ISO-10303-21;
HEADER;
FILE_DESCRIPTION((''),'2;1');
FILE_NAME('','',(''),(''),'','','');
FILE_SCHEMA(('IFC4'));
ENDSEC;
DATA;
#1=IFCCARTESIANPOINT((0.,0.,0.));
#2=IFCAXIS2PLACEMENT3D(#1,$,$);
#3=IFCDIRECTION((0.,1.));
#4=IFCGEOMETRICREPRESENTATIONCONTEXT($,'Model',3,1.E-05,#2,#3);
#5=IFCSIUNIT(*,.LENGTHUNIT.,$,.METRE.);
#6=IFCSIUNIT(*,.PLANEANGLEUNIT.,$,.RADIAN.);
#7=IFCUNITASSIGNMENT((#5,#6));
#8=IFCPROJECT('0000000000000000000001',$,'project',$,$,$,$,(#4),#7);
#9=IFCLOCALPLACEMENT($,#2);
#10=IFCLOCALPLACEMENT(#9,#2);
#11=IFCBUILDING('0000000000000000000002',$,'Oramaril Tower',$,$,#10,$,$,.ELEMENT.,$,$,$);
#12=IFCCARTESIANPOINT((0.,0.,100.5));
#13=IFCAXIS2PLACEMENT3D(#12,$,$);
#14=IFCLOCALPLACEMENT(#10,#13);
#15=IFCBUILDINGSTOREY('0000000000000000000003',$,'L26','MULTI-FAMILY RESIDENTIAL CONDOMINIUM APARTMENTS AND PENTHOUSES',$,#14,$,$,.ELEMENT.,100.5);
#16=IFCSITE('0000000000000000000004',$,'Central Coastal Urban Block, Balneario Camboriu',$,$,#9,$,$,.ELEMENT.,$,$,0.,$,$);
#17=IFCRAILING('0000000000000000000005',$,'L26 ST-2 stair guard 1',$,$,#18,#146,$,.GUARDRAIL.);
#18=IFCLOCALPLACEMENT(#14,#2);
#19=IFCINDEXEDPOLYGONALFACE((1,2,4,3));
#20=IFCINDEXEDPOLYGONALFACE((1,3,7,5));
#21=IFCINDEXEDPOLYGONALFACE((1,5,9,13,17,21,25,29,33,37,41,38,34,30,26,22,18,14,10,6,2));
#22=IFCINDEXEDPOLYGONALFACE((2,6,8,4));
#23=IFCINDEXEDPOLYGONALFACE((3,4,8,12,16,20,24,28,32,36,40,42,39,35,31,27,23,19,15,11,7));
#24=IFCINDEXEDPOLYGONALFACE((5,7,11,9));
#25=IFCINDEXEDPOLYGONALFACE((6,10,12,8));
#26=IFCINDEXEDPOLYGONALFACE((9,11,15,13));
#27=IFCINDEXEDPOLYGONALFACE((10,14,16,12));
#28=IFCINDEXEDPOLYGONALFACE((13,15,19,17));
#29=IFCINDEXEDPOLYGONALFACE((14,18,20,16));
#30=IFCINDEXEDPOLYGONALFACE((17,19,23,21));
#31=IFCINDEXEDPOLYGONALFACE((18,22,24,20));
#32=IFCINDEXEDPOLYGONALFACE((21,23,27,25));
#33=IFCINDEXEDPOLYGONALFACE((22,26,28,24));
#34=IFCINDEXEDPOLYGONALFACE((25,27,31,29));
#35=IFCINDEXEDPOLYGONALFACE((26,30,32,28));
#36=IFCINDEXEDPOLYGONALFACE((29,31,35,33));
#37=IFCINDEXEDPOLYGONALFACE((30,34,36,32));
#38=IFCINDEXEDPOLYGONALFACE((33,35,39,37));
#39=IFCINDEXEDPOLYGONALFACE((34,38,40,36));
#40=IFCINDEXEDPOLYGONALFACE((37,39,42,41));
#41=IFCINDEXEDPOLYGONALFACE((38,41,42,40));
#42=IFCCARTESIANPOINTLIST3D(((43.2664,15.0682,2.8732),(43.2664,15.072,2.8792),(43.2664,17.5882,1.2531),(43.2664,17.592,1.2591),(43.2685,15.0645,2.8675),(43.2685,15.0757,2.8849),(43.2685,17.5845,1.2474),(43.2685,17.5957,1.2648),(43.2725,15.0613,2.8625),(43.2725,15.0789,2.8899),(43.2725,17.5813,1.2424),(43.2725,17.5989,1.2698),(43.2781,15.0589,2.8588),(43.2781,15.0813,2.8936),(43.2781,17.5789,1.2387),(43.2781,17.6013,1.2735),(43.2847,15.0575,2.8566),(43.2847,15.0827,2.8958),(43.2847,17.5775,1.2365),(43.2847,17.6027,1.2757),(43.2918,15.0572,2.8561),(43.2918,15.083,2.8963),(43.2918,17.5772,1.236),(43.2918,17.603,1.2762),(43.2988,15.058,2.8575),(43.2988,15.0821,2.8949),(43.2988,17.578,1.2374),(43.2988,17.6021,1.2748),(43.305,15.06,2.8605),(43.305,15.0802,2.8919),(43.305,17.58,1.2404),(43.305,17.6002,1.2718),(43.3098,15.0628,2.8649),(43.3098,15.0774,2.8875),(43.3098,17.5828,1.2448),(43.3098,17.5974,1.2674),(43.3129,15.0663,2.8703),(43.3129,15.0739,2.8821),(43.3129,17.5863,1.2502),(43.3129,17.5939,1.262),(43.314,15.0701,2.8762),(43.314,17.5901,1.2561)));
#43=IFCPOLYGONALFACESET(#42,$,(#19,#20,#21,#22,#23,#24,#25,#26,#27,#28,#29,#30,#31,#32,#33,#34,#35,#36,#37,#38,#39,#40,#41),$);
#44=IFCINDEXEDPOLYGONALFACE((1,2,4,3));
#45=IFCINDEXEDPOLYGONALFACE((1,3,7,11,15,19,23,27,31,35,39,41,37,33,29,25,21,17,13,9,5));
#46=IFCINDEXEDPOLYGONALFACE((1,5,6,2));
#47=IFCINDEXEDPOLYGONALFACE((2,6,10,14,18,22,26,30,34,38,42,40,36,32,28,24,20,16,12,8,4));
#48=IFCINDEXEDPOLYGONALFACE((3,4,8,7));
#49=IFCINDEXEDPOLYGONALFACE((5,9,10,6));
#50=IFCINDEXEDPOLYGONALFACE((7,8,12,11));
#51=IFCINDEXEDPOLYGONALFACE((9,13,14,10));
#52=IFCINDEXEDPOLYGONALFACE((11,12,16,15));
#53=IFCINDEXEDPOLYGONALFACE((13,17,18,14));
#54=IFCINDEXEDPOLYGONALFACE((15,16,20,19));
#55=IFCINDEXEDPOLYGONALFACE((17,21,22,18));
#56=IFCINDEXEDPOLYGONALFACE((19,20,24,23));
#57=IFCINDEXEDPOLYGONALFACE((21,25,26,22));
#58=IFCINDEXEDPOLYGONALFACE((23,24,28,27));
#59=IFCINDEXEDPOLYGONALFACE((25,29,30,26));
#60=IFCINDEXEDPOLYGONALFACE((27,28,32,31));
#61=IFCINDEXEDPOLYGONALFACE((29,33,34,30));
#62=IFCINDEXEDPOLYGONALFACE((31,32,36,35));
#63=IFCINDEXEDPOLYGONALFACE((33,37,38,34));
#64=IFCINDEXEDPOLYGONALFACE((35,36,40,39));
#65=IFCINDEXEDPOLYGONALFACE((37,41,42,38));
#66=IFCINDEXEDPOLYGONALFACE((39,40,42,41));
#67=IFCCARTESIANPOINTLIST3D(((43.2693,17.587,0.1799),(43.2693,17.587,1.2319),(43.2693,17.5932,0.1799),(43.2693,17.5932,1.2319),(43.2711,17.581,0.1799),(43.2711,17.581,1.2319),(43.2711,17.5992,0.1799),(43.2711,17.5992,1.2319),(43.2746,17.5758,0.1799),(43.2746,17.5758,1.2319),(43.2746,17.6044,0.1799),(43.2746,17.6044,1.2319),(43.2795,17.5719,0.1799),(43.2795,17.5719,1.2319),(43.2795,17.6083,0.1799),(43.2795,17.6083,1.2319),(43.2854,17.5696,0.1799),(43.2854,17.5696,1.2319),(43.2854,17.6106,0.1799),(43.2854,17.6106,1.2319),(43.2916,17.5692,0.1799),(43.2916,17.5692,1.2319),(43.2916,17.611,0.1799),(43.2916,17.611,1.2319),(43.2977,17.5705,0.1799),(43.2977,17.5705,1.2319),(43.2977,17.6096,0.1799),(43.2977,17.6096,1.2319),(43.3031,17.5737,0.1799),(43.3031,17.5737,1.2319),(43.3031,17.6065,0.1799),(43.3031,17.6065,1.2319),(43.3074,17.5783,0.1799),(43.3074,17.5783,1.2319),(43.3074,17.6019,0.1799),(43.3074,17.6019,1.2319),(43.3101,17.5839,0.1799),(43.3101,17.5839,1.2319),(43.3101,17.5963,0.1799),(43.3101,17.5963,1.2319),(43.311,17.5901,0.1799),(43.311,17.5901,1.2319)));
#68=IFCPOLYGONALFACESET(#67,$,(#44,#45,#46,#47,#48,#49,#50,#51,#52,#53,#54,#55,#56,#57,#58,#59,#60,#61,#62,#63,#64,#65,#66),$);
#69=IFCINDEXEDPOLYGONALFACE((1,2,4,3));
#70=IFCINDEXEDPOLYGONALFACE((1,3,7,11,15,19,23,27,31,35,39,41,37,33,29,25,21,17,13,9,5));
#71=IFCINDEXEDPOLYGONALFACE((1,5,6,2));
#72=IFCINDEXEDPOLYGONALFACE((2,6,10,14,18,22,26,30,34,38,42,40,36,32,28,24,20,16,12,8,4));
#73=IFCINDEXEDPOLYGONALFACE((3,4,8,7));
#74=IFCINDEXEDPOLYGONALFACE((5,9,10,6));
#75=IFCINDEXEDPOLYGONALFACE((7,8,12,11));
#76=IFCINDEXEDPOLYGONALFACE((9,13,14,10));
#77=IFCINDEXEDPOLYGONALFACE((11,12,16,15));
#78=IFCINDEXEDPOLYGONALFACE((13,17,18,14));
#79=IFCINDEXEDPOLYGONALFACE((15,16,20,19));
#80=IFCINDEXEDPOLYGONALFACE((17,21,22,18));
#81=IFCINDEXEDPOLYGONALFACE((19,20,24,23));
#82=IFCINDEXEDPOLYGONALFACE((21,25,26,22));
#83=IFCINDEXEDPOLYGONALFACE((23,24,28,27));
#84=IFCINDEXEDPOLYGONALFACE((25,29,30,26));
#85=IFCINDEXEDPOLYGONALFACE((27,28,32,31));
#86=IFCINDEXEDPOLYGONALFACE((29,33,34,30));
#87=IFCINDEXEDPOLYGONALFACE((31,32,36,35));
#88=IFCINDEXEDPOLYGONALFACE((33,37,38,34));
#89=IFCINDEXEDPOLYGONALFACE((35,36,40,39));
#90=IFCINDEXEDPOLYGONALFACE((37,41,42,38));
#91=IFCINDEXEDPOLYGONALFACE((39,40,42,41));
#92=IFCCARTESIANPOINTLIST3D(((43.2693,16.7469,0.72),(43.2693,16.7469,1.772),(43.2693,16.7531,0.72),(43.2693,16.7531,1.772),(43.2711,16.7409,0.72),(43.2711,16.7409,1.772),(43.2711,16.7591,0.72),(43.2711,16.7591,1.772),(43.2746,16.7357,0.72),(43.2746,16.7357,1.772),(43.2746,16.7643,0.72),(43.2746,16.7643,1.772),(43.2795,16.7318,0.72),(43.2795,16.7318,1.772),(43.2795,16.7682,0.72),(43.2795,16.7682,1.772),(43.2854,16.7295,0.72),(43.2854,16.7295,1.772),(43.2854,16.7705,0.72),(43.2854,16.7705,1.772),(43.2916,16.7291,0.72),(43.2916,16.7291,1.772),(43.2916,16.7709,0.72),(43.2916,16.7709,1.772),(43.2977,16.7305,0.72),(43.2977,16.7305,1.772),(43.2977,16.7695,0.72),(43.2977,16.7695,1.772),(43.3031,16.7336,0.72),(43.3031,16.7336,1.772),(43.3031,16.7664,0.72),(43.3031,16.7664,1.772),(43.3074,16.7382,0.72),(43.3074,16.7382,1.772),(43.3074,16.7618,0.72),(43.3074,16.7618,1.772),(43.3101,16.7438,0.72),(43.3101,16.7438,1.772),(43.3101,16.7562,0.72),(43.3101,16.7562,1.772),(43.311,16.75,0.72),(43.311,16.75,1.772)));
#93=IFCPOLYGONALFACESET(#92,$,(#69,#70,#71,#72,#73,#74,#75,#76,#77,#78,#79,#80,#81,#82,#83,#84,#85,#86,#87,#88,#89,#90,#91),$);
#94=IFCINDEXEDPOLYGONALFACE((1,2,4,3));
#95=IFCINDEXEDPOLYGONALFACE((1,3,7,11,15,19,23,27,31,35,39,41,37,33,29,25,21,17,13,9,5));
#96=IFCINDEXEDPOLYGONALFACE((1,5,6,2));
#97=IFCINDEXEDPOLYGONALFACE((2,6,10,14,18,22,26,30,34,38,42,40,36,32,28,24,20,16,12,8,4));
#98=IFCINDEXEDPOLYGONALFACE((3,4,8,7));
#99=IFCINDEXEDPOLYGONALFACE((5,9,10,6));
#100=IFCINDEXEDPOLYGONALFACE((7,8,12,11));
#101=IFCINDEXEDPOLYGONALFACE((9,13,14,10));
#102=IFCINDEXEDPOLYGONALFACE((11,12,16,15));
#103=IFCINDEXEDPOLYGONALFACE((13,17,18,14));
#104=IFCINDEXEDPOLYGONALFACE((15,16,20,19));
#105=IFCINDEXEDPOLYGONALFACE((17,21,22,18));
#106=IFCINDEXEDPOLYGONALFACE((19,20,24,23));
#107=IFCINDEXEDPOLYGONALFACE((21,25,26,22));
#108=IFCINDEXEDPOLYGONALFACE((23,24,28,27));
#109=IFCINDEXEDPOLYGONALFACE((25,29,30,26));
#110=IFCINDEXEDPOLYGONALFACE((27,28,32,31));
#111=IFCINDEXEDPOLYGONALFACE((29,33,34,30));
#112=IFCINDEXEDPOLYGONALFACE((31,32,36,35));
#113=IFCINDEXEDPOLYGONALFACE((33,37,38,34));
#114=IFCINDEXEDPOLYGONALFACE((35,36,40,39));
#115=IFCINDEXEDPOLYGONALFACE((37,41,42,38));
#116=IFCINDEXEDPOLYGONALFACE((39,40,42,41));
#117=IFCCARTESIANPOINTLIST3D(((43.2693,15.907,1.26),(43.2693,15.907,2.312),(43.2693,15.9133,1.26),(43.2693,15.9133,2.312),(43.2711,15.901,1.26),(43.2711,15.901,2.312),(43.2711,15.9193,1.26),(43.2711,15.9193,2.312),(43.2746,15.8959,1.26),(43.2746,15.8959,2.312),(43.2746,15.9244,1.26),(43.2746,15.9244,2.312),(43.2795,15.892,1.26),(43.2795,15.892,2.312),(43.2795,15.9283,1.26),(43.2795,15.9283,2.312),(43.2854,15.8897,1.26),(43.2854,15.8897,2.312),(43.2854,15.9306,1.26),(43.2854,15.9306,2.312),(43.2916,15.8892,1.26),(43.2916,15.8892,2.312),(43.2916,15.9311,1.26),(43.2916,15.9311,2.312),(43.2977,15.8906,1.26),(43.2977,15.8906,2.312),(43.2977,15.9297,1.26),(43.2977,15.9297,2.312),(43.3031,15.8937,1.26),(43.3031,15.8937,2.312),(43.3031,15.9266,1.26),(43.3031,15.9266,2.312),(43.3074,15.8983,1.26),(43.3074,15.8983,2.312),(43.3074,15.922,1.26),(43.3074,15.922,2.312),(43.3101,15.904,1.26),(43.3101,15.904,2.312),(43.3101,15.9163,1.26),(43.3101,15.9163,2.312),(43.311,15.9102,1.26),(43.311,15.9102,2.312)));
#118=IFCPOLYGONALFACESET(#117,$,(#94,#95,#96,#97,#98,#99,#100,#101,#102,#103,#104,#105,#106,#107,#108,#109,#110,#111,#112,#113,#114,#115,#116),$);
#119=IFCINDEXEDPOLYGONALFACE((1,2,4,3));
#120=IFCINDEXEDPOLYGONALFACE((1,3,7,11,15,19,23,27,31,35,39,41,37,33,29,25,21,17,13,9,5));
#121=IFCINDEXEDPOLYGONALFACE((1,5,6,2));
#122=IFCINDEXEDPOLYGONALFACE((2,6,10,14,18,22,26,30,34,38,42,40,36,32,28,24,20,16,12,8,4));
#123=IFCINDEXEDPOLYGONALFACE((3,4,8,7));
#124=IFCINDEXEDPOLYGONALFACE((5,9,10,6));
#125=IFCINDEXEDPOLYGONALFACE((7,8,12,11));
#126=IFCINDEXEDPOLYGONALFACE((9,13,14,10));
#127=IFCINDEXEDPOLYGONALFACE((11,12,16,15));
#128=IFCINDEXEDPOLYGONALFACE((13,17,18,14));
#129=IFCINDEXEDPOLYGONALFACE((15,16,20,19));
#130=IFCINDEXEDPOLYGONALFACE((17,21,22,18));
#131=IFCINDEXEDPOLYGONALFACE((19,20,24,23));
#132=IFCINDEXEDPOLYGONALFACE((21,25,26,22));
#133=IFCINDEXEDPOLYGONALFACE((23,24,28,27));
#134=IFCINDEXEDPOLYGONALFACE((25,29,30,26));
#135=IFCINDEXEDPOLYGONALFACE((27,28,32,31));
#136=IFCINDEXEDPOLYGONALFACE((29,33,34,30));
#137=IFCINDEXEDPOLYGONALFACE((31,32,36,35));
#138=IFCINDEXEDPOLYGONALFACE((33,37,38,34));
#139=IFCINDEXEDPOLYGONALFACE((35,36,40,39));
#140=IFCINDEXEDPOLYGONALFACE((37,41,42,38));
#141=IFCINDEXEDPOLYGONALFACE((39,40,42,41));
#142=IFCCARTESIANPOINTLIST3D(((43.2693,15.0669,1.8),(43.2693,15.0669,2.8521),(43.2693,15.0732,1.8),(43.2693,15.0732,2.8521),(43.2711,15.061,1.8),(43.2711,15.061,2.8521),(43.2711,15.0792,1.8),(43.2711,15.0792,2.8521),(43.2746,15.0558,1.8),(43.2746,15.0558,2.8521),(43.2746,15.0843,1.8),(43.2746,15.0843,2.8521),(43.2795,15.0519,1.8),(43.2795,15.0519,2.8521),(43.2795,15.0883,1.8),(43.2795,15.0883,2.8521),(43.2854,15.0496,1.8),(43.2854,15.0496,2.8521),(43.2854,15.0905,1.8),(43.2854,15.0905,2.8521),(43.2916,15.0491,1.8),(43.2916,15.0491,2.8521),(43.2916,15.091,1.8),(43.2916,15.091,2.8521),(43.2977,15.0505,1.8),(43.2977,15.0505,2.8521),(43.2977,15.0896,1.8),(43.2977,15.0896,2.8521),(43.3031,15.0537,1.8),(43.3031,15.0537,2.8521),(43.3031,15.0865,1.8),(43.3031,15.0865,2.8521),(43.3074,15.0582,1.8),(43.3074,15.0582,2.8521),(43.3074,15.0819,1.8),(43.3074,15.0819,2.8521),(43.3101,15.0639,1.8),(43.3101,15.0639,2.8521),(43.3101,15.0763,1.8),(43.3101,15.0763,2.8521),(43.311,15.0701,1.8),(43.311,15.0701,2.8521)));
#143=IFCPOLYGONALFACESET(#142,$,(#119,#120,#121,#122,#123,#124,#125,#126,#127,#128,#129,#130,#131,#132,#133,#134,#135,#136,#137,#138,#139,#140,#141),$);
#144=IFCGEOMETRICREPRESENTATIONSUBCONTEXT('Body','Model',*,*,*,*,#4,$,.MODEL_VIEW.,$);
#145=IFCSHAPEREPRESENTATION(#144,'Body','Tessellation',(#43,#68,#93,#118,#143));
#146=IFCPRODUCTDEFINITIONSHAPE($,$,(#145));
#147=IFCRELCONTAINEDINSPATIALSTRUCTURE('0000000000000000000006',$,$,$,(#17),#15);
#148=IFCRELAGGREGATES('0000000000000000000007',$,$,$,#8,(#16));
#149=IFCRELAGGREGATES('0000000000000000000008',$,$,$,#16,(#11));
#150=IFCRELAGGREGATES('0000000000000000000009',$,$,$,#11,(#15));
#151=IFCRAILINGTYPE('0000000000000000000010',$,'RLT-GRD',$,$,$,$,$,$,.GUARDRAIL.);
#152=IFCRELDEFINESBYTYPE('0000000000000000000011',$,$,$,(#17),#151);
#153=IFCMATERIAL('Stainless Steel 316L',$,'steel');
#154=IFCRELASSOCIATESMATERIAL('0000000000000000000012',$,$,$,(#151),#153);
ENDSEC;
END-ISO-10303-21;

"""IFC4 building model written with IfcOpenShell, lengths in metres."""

from ifc_helpers import new_model, si_unit, direction, frame, origin, origin_2d, place, context, subcontext, project, spatial, circle, extrude, material, type_object, element, save


model = new_model("IFC4")

# Units and contexts
model_context = context("Model", 3, precision=1e-05, world=origin(), true_north=direction((0.0, 1.0)))
body_context = subcontext(model_context, "Body", "Model", "MODEL_VIEW")
ifc_project = project(units=[si_unit("LENGTHUNIT", "METRE"), si_unit("PLANEANGLEUNIT", "RADIAN")], contexts=[model_context])

# Site, building, storey
site_placement = place(None, origin())
site = spatial("IfcSite", under=ifc_project, at=site_placement, Name="Central Coastal Urban Block, Balneario Camboriu", CompositionType="ELEMENT", RefElevation=0.0)
building_placement = place(site_placement, origin())
building = spatial("IfcBuilding", under=site, at=building_placement, Name="Oramaril Tower", CompositionType="ELEMENT")
storey_placement = place(building_placement, frame((0.0, 0.0, 100.5)))
storey = spatial("IfcBuildingStorey", under=building, at=storey_placement, Name="L26", Description="MULTI-FAMILY RESIDENTIAL CONDOMINIUM APARTMENTS AND PENTHOUSES", CompositionType="ELEMENT", Elevation=100.5)

# Railing
ifc_material_1 = material(Name="Stainless Steel 316L", Category="steel")
railing_type_1 = type_object("IfcRailingType", Name="RLT-GRD", PredefinedType="GUARDRAIL", material=ifc_material_1)
railing_1_placement = place(storey_placement, frame((43.29, 17.5901, 0.1799)))
element("IfcRailing", 1, at=railing_1_placement, inside=storey, type_object=railing_type_1, Name="L26 ST-2 stair guard 1", PredefinedType="GUARDRAIL", context=body_context, shape_type="SweptSolid", body=[
    extrude(circle(Radius=0.0239, at=origin_2d()), frame((0.0, 0.0, 1.0762), z_axis=(0.0, -0.841163, 0.540782), x_axis=(1.0, 0.0, 0.0)), (0.0, 0.0, 1.0), 2.9958),
    extrude(circle(Radius=0.021, at=origin_2d()), origin(), (0.0, 0.0, 1.0), 1.052),
    extrude(circle(Radius=0.021, at=origin_2d()), frame((0.0, -0.8401, 0.54)), (0.0, 0.0, 1.0), 1.052),
    extrude(circle(Radius=0.021, at=origin_2d()), frame((0.0, -1.6799, 1.0801)), (0.0, 0.0, 1.0), 1.052),
    extrude(circle(Radius=0.021, at=origin_2d()), frame((0.0, -2.52, 1.6201)), (0.0, 0.0, 1.0), 1.052),
])

save(model, "model.ifc")
